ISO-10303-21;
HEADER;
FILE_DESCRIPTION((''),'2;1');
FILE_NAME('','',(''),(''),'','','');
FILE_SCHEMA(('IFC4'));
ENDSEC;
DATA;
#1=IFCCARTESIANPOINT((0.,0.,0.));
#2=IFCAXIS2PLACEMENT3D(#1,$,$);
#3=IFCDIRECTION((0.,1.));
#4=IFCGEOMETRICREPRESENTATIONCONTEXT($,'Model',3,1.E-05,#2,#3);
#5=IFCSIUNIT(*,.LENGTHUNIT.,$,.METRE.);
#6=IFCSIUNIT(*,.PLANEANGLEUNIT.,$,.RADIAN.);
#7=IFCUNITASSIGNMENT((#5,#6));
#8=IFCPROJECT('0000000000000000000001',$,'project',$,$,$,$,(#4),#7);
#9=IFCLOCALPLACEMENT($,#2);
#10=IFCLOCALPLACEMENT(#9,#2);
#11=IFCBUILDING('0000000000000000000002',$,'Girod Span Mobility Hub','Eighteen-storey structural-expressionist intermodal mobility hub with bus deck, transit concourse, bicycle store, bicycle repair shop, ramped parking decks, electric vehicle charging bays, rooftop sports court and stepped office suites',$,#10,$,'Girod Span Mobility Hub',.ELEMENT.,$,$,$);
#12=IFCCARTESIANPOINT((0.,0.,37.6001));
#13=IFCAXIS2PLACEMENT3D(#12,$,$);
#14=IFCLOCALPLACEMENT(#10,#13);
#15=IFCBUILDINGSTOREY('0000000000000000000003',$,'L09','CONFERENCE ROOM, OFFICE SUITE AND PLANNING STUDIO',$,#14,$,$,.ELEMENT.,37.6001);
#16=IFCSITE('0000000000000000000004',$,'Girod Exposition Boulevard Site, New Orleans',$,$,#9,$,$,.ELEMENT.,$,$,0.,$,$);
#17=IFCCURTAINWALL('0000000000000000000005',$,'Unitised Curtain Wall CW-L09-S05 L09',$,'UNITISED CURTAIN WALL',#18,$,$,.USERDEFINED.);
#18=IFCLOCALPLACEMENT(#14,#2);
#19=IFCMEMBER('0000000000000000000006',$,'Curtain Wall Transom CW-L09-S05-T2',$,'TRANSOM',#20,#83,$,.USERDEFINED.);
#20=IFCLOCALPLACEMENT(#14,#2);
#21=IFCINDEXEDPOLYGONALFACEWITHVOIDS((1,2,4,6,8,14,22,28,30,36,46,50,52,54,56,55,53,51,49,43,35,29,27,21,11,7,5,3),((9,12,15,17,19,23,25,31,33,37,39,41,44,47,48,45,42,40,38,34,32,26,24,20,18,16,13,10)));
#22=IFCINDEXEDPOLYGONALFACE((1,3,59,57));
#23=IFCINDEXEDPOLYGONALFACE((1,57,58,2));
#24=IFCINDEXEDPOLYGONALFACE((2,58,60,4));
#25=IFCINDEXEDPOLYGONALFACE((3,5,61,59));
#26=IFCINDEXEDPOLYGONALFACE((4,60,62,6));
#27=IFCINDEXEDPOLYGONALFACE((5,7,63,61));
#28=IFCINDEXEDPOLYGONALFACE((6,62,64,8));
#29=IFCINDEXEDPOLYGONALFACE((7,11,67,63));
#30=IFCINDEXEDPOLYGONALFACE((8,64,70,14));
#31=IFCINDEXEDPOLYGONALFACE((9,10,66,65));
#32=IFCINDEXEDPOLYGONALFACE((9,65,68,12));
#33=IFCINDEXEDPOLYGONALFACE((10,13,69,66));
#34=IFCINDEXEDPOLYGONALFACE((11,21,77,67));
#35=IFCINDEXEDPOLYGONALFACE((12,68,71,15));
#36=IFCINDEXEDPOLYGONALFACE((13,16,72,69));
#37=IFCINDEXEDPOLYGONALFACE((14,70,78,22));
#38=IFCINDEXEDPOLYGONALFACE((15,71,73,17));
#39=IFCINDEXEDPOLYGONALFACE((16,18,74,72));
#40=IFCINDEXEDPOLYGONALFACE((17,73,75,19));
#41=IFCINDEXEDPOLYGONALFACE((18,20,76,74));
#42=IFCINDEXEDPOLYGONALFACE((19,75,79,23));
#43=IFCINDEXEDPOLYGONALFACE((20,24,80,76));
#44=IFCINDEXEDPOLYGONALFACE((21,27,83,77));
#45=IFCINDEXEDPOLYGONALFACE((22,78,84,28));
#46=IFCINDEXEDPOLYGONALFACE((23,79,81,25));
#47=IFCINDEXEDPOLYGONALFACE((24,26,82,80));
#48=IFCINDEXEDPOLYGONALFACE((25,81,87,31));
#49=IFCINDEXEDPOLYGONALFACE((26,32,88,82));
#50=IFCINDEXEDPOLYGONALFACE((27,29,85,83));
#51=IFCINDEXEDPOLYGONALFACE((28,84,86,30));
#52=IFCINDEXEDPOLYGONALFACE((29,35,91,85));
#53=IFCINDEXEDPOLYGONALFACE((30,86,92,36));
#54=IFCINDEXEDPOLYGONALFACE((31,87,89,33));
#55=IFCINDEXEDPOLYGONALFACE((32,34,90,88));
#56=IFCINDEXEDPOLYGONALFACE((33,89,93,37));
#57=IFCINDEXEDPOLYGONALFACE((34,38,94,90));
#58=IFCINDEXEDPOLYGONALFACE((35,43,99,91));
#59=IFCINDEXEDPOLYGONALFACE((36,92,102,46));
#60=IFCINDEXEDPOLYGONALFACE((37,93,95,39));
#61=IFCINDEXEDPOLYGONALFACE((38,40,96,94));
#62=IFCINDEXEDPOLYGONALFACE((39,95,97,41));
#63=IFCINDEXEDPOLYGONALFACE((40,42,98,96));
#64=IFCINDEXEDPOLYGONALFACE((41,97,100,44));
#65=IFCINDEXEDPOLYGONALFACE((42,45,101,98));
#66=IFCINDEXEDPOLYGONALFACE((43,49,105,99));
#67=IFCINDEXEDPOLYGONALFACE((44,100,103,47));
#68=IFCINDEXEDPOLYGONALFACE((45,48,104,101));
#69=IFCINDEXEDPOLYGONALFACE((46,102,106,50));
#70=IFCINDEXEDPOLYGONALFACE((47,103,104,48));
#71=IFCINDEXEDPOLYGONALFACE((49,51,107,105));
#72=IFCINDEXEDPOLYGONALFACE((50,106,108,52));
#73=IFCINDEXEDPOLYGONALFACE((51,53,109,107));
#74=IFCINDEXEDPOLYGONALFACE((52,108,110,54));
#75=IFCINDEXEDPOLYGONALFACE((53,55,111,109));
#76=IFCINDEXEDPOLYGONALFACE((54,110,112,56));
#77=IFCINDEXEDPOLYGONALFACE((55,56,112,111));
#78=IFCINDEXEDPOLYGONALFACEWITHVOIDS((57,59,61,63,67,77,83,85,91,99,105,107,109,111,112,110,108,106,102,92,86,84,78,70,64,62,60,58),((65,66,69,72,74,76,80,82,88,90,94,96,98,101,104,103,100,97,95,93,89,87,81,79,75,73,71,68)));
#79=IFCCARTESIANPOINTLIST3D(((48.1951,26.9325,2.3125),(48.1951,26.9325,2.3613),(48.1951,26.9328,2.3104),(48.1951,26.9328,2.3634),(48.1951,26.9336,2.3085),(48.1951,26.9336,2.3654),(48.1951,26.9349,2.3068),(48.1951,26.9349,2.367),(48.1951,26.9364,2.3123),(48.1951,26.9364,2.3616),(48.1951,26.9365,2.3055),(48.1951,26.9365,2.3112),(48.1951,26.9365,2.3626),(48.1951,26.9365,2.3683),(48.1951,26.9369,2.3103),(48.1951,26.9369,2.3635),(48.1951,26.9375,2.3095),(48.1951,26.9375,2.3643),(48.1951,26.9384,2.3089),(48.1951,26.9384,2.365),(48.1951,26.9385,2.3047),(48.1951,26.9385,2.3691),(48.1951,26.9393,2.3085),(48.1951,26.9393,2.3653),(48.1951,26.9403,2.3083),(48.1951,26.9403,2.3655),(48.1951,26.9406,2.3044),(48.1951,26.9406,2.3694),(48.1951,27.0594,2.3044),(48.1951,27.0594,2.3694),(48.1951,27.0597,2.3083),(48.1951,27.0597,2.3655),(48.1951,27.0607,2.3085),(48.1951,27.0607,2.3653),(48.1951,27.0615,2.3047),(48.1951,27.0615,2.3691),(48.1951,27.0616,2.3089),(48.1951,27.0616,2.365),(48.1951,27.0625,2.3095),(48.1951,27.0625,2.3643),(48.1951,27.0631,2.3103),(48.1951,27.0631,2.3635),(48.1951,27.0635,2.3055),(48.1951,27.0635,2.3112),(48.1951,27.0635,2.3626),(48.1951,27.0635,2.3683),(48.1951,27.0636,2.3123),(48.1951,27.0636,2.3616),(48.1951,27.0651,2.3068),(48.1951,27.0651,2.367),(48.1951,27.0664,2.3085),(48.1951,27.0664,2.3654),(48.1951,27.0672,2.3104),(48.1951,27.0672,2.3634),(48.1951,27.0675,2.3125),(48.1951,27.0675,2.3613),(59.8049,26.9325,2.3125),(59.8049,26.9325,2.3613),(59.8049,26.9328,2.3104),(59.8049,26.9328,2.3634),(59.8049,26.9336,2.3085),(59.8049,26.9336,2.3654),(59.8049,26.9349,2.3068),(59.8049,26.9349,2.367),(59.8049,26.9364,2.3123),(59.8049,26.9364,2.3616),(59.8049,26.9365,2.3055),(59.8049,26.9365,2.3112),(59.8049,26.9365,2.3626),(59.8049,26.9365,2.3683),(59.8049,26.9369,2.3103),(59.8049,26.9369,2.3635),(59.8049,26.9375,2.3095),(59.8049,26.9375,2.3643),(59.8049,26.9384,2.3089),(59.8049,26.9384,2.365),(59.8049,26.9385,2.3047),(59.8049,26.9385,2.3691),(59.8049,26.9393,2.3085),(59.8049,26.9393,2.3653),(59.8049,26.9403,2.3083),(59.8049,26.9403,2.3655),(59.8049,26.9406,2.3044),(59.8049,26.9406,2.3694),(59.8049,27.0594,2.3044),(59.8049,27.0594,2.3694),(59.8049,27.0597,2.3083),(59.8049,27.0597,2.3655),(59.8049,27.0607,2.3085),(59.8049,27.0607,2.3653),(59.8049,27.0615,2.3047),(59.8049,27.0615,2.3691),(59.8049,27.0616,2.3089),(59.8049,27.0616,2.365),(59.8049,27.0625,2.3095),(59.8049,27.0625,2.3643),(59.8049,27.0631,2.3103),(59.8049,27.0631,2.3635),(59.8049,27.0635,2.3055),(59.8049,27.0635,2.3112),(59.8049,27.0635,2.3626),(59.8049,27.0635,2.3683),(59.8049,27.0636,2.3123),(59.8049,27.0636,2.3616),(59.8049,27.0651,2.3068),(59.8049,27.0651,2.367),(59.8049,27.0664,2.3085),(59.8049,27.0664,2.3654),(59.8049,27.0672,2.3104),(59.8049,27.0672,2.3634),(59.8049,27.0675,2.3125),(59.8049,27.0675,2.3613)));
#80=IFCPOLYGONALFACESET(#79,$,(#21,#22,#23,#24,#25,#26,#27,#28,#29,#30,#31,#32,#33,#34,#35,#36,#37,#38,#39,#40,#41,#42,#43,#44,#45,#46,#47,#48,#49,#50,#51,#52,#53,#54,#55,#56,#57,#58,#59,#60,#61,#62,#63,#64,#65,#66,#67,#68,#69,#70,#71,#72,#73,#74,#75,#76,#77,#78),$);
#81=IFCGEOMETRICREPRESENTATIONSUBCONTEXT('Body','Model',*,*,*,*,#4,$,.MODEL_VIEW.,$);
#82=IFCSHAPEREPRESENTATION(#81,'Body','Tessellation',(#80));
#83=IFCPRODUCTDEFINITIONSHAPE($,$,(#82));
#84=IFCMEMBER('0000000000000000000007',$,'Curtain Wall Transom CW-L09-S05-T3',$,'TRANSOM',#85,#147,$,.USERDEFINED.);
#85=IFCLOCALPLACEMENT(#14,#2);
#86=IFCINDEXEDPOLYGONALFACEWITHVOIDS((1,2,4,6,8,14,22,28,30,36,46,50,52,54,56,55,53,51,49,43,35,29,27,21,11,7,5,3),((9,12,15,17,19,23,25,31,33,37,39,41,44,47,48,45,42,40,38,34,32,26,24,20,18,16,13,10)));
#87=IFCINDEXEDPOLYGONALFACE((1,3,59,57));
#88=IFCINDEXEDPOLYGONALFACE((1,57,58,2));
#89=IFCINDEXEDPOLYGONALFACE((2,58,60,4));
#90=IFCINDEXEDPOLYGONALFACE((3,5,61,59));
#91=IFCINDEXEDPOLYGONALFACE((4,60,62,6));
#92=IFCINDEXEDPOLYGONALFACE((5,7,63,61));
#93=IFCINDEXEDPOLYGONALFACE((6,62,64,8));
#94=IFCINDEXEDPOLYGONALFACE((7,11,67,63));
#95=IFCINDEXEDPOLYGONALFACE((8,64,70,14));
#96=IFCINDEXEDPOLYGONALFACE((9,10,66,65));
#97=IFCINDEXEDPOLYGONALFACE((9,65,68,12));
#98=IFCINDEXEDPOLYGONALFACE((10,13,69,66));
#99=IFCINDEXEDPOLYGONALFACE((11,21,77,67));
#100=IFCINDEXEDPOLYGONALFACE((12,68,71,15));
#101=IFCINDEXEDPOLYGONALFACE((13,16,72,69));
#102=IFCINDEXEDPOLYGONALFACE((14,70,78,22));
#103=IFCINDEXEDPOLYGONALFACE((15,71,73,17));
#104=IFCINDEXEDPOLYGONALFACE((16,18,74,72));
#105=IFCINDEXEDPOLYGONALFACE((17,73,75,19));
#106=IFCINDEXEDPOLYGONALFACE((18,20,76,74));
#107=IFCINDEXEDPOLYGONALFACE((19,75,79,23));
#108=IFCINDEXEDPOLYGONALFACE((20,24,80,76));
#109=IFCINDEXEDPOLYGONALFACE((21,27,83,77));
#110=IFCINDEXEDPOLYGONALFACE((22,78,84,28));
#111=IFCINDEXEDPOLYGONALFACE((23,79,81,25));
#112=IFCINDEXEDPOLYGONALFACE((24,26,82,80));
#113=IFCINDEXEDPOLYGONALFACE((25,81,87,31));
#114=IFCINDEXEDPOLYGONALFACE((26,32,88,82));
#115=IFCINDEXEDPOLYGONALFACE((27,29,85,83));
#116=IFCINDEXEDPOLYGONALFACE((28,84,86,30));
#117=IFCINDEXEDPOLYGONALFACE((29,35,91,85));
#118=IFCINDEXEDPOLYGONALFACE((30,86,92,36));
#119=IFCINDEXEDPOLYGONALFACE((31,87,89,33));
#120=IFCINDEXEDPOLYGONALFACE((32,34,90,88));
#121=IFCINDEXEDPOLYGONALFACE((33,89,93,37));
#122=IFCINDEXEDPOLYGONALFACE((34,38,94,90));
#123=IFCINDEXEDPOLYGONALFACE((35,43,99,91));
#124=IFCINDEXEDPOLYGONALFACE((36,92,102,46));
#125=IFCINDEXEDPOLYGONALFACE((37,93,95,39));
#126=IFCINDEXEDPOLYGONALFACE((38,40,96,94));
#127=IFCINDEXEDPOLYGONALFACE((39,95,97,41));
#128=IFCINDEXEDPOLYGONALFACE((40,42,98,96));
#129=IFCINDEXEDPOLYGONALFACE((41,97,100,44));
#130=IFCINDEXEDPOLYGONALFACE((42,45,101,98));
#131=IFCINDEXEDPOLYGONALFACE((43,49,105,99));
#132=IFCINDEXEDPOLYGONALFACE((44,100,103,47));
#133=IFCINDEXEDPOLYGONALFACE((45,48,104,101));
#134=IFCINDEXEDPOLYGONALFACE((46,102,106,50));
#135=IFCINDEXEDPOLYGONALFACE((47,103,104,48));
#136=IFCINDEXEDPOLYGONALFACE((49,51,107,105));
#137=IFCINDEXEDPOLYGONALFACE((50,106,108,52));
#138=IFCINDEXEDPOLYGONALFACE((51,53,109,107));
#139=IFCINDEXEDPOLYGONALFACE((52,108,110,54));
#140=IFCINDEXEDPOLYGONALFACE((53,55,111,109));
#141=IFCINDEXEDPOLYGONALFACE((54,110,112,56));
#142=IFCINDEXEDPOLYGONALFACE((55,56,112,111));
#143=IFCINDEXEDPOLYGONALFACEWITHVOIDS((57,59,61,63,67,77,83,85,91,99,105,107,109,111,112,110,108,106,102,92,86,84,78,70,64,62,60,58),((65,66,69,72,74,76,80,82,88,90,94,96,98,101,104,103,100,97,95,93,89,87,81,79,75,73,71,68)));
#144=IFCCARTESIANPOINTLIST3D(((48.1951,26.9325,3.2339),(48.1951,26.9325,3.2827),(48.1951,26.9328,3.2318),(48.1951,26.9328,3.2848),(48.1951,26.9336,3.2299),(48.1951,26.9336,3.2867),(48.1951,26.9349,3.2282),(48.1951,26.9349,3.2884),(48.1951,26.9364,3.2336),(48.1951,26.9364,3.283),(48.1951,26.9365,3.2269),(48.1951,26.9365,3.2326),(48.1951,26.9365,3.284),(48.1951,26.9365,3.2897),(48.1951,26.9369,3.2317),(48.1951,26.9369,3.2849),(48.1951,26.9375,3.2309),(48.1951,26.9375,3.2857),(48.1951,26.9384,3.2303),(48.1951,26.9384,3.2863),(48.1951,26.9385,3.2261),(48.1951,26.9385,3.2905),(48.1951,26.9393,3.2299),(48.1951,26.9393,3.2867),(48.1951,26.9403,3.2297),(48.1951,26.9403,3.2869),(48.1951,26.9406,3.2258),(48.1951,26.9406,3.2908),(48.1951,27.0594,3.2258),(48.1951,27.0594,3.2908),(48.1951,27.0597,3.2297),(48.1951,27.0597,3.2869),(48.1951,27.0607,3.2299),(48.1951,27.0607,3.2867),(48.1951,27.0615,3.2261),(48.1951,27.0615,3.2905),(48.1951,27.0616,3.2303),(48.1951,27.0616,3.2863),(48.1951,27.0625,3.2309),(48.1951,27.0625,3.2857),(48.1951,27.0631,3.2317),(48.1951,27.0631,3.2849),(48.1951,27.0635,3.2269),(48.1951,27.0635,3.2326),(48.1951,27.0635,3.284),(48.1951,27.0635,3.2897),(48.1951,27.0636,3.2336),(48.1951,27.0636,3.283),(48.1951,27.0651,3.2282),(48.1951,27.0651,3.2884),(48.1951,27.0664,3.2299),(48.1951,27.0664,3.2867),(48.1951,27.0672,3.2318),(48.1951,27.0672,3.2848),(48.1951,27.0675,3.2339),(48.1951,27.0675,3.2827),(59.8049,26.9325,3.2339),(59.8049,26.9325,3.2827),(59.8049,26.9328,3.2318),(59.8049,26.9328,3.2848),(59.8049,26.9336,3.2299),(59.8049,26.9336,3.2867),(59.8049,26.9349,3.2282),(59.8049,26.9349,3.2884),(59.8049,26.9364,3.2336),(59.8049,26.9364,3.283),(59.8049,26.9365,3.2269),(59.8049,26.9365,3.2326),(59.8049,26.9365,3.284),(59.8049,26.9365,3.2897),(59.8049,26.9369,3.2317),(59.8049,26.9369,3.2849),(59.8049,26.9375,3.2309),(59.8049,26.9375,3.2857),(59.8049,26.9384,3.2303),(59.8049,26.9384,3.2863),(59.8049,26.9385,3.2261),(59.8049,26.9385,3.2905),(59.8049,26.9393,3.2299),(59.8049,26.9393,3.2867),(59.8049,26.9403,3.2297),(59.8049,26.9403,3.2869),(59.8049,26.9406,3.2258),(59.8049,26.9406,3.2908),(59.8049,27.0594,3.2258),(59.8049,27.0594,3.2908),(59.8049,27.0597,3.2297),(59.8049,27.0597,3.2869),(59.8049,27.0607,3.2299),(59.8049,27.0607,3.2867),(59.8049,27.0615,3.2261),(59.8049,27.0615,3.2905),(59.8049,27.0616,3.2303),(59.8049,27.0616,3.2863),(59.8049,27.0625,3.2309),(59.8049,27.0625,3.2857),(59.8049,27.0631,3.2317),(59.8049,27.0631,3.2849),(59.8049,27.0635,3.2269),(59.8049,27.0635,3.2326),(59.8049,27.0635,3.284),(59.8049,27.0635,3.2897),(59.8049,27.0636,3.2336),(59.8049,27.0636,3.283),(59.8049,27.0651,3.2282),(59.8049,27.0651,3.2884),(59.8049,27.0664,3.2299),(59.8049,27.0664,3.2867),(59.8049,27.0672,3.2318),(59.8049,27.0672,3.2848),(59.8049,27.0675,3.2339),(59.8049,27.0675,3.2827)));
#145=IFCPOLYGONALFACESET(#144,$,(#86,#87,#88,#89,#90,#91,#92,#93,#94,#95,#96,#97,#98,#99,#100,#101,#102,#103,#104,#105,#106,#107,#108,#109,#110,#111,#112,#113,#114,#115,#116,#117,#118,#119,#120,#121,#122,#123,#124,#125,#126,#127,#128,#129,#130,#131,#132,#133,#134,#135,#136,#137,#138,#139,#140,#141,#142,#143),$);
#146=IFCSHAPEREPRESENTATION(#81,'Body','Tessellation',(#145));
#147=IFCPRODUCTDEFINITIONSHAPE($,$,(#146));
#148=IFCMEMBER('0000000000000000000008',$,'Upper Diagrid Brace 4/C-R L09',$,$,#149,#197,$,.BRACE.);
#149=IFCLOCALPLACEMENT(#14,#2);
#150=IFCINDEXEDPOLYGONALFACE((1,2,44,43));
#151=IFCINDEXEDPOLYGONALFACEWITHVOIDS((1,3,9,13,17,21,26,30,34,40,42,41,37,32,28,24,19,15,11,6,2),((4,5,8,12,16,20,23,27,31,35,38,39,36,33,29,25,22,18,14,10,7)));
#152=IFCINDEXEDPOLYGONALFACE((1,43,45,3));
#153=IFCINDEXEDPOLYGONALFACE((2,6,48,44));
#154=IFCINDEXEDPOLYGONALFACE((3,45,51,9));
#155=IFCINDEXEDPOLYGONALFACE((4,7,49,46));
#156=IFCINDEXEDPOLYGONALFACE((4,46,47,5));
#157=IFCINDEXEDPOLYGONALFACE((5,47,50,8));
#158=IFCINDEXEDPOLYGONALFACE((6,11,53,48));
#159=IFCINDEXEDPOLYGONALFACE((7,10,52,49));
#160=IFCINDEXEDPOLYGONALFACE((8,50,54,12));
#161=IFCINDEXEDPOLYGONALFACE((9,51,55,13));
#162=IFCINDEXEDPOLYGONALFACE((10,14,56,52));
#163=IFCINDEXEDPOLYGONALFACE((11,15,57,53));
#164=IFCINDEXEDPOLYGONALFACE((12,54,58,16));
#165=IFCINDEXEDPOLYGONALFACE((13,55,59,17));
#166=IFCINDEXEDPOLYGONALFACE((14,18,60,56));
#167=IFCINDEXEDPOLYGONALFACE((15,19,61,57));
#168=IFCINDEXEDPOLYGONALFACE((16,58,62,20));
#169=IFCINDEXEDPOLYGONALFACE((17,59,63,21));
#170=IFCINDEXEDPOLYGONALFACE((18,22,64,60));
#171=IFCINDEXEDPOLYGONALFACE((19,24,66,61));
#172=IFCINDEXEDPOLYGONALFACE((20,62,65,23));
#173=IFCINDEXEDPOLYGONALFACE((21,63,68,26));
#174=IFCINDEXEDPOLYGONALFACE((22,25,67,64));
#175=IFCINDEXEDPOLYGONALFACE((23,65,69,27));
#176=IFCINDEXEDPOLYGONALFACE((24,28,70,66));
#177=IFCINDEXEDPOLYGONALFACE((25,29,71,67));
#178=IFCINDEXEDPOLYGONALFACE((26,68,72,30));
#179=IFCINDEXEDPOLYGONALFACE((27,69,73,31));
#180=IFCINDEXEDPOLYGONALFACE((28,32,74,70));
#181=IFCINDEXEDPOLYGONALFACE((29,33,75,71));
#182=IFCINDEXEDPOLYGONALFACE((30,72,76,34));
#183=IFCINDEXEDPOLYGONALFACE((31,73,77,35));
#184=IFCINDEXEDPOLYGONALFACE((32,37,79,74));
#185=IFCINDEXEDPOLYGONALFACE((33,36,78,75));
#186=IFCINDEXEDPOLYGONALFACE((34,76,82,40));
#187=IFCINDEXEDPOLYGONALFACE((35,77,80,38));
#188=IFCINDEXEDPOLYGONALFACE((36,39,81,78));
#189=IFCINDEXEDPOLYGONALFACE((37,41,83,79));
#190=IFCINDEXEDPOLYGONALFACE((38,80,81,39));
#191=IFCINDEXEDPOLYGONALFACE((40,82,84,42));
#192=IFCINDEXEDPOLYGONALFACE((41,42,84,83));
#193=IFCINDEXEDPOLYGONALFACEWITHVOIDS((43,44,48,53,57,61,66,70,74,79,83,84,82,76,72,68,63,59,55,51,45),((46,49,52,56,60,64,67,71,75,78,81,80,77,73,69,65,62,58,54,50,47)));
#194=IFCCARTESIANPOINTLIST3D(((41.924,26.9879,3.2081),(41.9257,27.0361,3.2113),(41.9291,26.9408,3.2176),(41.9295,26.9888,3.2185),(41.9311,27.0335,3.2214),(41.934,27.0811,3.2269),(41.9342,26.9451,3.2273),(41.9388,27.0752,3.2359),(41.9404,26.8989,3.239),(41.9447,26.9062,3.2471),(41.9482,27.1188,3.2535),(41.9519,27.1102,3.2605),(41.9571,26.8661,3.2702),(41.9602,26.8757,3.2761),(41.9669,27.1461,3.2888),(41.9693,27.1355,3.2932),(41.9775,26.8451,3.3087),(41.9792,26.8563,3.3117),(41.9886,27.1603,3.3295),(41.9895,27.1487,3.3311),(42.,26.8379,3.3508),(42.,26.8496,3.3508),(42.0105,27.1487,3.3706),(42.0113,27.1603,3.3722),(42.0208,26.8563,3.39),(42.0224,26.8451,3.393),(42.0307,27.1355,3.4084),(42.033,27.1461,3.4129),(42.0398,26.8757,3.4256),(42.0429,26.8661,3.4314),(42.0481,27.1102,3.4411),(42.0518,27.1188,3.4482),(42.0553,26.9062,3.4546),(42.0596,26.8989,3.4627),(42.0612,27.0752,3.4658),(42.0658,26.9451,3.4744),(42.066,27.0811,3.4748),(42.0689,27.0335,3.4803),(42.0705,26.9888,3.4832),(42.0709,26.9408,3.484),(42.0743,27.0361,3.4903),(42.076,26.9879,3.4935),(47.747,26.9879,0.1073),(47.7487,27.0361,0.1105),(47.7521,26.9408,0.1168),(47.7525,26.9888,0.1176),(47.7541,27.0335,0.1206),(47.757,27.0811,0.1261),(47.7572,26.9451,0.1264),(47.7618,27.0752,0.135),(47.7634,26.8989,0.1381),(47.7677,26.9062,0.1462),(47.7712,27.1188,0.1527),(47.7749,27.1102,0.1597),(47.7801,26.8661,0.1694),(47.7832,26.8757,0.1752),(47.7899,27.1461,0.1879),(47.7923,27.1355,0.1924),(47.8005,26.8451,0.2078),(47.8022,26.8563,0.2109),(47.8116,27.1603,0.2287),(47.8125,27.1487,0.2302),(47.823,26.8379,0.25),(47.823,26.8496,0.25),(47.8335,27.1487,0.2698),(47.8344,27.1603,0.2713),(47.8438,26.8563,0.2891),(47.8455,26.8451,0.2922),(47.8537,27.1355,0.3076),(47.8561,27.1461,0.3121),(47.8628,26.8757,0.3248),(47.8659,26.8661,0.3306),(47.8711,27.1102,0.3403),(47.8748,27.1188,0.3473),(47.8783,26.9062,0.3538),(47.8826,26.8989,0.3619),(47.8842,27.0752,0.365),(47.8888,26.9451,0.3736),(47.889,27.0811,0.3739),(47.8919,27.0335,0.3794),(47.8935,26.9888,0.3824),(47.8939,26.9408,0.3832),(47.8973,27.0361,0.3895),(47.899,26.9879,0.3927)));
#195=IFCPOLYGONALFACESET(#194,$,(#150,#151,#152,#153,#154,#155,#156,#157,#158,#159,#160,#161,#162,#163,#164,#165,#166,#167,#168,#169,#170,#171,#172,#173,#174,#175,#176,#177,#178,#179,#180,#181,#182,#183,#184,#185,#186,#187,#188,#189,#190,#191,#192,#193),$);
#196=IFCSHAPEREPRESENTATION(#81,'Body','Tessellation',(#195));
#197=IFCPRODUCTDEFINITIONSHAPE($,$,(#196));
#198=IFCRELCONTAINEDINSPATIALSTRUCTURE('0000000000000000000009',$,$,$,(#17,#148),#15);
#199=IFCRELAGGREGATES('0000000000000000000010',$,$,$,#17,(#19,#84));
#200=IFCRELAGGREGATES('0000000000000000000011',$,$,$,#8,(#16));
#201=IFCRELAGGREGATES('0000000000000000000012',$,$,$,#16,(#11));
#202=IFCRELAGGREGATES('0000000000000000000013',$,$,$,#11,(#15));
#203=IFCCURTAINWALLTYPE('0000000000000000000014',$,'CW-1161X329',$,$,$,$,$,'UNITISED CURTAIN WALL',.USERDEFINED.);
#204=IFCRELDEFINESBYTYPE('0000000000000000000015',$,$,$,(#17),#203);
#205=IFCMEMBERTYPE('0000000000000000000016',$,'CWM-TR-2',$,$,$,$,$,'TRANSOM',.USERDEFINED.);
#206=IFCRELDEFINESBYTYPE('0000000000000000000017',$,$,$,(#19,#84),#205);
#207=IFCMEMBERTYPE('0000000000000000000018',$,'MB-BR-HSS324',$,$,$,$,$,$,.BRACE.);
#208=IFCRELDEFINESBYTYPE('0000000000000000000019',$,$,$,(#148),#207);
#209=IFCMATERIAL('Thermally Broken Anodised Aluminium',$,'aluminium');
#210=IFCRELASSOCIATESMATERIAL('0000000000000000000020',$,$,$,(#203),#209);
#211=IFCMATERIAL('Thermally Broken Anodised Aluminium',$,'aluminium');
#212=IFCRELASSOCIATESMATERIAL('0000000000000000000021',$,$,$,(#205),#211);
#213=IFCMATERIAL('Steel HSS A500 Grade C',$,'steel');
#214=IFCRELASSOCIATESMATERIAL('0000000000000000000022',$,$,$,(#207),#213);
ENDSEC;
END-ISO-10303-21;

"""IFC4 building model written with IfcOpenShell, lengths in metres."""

from ifc_helpers import new_model, si_unit, direction, frame, origin, origin_2d, place, context, subcontext, project, spatial, hollow_rectangle, hollow_circle, extrude, material, material_profile, profile_set, type_object, element, aggregate, save


model = new_model("IFC4")

# Units and contexts
model_context = context("Model", 3, precision=1e-05, world=origin(), true_north=direction((0.0, 1.0)))
body_context = subcontext(model_context, "Body", "Model", "MODEL_VIEW")
ifc_project = project(units=[si_unit("LENGTHUNIT", "METRE"), si_unit("PLANEANGLEUNIT", "RADIAN")], contexts=[model_context])

# Site, building, storey
site_placement = place(None, origin())
site = spatial("IfcSite", under=ifc_project, at=site_placement, Name="Girod Exposition Boulevard Site, New Orleans", CompositionType="ELEMENT", RefElevation=0.0)
building_placement = place(site_placement, origin())
building = spatial("IfcBuilding", under=site, at=building_placement, Name="Girod Span Mobility Hub", Description="Eighteen-storey structural-expressionist intermodal mobility hub with bus deck, transit concourse, bicycle store, bicycle repair shop, ramped parking decks, electric vehicle charging bays, rooftop sports court and stepped office suites", LongName="Girod Span Mobility Hub", CompositionType="ELEMENT")
storey_placement = place(building_placement, frame((0.0, 0.0, 37.6001)))
storey = spatial("IfcBuildingStorey", under=building, at=storey_placement, Name="L09", Description="CONFERENCE ROOM, OFFICE SUITE AND PLANNING STUDIO", CompositionType="ELEMENT", Elevation=37.6001)

# Shared definitions
ifc_material_1 = material(Name="Thermally Broken Anodised Aluminium", Category="aluminium")
curtain_wall_type = type_object("IfcCurtainWallType", Name="CW-1161X329", ElementType="UNITISED CURTAIN WALL", PredefinedType="USERDEFINED", material=ifc_material_1)

# Curtain wall
curtain_wall_1_placement = place(storey_placement, origin())
curtain_wall_1 = element("IfcCurtainWall", 1, at=curtain_wall_1_placement, inside=storey, type_object=curtain_wall_type, Name="Unitised Curtain Wall CW-L09-S05 L09", ObjectType="UNITISED CURTAIN WALL", PredefinedType="USERDEFINED")

# Members
ifc_material_2 = material(Name="Thermally Broken Anodised Aluminium", Category="aluminium")
ifc_material_profile_1 = material_profile(ifc_material_2, hollow_rectangle(XDim=0.135, YDim=0.0649, WallThickness=0.0039, InnerFilletRadius=0.0039, OuterFilletRadius=0.0081, at=origin_2d()), Name="CW-TR-65X135")
ifc_profile_set_1 = profile_set([ifc_material_profile_1], Name="Thermally Broken Anodised Aluminium")
member_type_1 = type_object("IfcMemberType", Name="CWM-TR-2", ElementType="TRANSOM", PredefinedType="USERDEFINED", material=ifc_profile_set_1)
member_1_placement = place(storey_placement, frame((48.1951, 27.0, 2.3369), z_axis=(1.0, 0.0, 0.0), x_axis=(0.0, 1.0, 0.0)))
member_1 = element("IfcMember", 2, at=member_1_placement, type_object=member_type_1, Name="Curtain Wall Transom CW-L09-S05-T2", ObjectType="TRANSOM", PredefinedType="USERDEFINED", context=body_context, shape_type="SweptSolid", body=[
    extrude(hollow_rectangle(XDim=0.135, YDim=0.0649, WallThickness=0.0039, InnerFilletRadius=0.0039, OuterFilletRadius=0.0081, at=origin_2d()), origin(), (0.0, 0.0, 1.0), 11.6099),
])
member_2_placement = place(storey_placement, frame((48.1951, 27.0, 3.2583), z_axis=(1.0, 0.0, 0.0), x_axis=(0.0, 1.0, 0.0)))
member_2 = element("IfcMember", 3, at=member_2_placement, type_object=member_type_1, Name="Curtain Wall Transom CW-L09-S05-T3", ObjectType="TRANSOM", PredefinedType="USERDEFINED", context=body_context, shape_type="SweptSolid", body=[
    extrude(hollow_rectangle(XDim=0.135, YDim=0.0649, WallThickness=0.0039, InnerFilletRadius=0.0039, OuterFilletRadius=0.0081, at=origin_2d()), origin(), (0.0, 0.0, 1.0), 11.6099),
])

# Member
ifc_material_3 = material(Name="Steel HSS A500 Grade C", Category="steel")
ifc_material_profile_2 = material_profile(ifc_material_3, hollow_circle(Radius=0.1621, WallThickness=0.0117, at=origin_2d()), Name="HSS324X12.7")
ifc_profile_set_2 = profile_set([ifc_material_profile_2], Name="Steel HSS A500 Grade C")
member_type_2 = type_object("IfcMemberType", Name="MB-BR-HSS324", PredefinedType="BRACE", material=ifc_profile_set_2)
member_3_placement = place(storey_placement, frame((47.823, 27.0, 0.25), z_axis=(-0.882653, 0.0, 0.470025), x_axis=(0.0, -1.0, 0.0)))
element("IfcMember", 4, at=member_3_placement, inside=storey, type_object=member_type_2, Name="Upper Diagrid Brace 4/C-R L09", PredefinedType="BRACE", context=body_context, shape_type="SweptSolid", body=[
    extrude(hollow_circle(Radius=0.1621, WallThickness=0.0117, at=origin_2d()), origin(), (0.0, 0.0, 1.0), 6.5972),
])

aggregate(curtain_wall_1, [member_1, member_2])

save(model, "model.ifc")
